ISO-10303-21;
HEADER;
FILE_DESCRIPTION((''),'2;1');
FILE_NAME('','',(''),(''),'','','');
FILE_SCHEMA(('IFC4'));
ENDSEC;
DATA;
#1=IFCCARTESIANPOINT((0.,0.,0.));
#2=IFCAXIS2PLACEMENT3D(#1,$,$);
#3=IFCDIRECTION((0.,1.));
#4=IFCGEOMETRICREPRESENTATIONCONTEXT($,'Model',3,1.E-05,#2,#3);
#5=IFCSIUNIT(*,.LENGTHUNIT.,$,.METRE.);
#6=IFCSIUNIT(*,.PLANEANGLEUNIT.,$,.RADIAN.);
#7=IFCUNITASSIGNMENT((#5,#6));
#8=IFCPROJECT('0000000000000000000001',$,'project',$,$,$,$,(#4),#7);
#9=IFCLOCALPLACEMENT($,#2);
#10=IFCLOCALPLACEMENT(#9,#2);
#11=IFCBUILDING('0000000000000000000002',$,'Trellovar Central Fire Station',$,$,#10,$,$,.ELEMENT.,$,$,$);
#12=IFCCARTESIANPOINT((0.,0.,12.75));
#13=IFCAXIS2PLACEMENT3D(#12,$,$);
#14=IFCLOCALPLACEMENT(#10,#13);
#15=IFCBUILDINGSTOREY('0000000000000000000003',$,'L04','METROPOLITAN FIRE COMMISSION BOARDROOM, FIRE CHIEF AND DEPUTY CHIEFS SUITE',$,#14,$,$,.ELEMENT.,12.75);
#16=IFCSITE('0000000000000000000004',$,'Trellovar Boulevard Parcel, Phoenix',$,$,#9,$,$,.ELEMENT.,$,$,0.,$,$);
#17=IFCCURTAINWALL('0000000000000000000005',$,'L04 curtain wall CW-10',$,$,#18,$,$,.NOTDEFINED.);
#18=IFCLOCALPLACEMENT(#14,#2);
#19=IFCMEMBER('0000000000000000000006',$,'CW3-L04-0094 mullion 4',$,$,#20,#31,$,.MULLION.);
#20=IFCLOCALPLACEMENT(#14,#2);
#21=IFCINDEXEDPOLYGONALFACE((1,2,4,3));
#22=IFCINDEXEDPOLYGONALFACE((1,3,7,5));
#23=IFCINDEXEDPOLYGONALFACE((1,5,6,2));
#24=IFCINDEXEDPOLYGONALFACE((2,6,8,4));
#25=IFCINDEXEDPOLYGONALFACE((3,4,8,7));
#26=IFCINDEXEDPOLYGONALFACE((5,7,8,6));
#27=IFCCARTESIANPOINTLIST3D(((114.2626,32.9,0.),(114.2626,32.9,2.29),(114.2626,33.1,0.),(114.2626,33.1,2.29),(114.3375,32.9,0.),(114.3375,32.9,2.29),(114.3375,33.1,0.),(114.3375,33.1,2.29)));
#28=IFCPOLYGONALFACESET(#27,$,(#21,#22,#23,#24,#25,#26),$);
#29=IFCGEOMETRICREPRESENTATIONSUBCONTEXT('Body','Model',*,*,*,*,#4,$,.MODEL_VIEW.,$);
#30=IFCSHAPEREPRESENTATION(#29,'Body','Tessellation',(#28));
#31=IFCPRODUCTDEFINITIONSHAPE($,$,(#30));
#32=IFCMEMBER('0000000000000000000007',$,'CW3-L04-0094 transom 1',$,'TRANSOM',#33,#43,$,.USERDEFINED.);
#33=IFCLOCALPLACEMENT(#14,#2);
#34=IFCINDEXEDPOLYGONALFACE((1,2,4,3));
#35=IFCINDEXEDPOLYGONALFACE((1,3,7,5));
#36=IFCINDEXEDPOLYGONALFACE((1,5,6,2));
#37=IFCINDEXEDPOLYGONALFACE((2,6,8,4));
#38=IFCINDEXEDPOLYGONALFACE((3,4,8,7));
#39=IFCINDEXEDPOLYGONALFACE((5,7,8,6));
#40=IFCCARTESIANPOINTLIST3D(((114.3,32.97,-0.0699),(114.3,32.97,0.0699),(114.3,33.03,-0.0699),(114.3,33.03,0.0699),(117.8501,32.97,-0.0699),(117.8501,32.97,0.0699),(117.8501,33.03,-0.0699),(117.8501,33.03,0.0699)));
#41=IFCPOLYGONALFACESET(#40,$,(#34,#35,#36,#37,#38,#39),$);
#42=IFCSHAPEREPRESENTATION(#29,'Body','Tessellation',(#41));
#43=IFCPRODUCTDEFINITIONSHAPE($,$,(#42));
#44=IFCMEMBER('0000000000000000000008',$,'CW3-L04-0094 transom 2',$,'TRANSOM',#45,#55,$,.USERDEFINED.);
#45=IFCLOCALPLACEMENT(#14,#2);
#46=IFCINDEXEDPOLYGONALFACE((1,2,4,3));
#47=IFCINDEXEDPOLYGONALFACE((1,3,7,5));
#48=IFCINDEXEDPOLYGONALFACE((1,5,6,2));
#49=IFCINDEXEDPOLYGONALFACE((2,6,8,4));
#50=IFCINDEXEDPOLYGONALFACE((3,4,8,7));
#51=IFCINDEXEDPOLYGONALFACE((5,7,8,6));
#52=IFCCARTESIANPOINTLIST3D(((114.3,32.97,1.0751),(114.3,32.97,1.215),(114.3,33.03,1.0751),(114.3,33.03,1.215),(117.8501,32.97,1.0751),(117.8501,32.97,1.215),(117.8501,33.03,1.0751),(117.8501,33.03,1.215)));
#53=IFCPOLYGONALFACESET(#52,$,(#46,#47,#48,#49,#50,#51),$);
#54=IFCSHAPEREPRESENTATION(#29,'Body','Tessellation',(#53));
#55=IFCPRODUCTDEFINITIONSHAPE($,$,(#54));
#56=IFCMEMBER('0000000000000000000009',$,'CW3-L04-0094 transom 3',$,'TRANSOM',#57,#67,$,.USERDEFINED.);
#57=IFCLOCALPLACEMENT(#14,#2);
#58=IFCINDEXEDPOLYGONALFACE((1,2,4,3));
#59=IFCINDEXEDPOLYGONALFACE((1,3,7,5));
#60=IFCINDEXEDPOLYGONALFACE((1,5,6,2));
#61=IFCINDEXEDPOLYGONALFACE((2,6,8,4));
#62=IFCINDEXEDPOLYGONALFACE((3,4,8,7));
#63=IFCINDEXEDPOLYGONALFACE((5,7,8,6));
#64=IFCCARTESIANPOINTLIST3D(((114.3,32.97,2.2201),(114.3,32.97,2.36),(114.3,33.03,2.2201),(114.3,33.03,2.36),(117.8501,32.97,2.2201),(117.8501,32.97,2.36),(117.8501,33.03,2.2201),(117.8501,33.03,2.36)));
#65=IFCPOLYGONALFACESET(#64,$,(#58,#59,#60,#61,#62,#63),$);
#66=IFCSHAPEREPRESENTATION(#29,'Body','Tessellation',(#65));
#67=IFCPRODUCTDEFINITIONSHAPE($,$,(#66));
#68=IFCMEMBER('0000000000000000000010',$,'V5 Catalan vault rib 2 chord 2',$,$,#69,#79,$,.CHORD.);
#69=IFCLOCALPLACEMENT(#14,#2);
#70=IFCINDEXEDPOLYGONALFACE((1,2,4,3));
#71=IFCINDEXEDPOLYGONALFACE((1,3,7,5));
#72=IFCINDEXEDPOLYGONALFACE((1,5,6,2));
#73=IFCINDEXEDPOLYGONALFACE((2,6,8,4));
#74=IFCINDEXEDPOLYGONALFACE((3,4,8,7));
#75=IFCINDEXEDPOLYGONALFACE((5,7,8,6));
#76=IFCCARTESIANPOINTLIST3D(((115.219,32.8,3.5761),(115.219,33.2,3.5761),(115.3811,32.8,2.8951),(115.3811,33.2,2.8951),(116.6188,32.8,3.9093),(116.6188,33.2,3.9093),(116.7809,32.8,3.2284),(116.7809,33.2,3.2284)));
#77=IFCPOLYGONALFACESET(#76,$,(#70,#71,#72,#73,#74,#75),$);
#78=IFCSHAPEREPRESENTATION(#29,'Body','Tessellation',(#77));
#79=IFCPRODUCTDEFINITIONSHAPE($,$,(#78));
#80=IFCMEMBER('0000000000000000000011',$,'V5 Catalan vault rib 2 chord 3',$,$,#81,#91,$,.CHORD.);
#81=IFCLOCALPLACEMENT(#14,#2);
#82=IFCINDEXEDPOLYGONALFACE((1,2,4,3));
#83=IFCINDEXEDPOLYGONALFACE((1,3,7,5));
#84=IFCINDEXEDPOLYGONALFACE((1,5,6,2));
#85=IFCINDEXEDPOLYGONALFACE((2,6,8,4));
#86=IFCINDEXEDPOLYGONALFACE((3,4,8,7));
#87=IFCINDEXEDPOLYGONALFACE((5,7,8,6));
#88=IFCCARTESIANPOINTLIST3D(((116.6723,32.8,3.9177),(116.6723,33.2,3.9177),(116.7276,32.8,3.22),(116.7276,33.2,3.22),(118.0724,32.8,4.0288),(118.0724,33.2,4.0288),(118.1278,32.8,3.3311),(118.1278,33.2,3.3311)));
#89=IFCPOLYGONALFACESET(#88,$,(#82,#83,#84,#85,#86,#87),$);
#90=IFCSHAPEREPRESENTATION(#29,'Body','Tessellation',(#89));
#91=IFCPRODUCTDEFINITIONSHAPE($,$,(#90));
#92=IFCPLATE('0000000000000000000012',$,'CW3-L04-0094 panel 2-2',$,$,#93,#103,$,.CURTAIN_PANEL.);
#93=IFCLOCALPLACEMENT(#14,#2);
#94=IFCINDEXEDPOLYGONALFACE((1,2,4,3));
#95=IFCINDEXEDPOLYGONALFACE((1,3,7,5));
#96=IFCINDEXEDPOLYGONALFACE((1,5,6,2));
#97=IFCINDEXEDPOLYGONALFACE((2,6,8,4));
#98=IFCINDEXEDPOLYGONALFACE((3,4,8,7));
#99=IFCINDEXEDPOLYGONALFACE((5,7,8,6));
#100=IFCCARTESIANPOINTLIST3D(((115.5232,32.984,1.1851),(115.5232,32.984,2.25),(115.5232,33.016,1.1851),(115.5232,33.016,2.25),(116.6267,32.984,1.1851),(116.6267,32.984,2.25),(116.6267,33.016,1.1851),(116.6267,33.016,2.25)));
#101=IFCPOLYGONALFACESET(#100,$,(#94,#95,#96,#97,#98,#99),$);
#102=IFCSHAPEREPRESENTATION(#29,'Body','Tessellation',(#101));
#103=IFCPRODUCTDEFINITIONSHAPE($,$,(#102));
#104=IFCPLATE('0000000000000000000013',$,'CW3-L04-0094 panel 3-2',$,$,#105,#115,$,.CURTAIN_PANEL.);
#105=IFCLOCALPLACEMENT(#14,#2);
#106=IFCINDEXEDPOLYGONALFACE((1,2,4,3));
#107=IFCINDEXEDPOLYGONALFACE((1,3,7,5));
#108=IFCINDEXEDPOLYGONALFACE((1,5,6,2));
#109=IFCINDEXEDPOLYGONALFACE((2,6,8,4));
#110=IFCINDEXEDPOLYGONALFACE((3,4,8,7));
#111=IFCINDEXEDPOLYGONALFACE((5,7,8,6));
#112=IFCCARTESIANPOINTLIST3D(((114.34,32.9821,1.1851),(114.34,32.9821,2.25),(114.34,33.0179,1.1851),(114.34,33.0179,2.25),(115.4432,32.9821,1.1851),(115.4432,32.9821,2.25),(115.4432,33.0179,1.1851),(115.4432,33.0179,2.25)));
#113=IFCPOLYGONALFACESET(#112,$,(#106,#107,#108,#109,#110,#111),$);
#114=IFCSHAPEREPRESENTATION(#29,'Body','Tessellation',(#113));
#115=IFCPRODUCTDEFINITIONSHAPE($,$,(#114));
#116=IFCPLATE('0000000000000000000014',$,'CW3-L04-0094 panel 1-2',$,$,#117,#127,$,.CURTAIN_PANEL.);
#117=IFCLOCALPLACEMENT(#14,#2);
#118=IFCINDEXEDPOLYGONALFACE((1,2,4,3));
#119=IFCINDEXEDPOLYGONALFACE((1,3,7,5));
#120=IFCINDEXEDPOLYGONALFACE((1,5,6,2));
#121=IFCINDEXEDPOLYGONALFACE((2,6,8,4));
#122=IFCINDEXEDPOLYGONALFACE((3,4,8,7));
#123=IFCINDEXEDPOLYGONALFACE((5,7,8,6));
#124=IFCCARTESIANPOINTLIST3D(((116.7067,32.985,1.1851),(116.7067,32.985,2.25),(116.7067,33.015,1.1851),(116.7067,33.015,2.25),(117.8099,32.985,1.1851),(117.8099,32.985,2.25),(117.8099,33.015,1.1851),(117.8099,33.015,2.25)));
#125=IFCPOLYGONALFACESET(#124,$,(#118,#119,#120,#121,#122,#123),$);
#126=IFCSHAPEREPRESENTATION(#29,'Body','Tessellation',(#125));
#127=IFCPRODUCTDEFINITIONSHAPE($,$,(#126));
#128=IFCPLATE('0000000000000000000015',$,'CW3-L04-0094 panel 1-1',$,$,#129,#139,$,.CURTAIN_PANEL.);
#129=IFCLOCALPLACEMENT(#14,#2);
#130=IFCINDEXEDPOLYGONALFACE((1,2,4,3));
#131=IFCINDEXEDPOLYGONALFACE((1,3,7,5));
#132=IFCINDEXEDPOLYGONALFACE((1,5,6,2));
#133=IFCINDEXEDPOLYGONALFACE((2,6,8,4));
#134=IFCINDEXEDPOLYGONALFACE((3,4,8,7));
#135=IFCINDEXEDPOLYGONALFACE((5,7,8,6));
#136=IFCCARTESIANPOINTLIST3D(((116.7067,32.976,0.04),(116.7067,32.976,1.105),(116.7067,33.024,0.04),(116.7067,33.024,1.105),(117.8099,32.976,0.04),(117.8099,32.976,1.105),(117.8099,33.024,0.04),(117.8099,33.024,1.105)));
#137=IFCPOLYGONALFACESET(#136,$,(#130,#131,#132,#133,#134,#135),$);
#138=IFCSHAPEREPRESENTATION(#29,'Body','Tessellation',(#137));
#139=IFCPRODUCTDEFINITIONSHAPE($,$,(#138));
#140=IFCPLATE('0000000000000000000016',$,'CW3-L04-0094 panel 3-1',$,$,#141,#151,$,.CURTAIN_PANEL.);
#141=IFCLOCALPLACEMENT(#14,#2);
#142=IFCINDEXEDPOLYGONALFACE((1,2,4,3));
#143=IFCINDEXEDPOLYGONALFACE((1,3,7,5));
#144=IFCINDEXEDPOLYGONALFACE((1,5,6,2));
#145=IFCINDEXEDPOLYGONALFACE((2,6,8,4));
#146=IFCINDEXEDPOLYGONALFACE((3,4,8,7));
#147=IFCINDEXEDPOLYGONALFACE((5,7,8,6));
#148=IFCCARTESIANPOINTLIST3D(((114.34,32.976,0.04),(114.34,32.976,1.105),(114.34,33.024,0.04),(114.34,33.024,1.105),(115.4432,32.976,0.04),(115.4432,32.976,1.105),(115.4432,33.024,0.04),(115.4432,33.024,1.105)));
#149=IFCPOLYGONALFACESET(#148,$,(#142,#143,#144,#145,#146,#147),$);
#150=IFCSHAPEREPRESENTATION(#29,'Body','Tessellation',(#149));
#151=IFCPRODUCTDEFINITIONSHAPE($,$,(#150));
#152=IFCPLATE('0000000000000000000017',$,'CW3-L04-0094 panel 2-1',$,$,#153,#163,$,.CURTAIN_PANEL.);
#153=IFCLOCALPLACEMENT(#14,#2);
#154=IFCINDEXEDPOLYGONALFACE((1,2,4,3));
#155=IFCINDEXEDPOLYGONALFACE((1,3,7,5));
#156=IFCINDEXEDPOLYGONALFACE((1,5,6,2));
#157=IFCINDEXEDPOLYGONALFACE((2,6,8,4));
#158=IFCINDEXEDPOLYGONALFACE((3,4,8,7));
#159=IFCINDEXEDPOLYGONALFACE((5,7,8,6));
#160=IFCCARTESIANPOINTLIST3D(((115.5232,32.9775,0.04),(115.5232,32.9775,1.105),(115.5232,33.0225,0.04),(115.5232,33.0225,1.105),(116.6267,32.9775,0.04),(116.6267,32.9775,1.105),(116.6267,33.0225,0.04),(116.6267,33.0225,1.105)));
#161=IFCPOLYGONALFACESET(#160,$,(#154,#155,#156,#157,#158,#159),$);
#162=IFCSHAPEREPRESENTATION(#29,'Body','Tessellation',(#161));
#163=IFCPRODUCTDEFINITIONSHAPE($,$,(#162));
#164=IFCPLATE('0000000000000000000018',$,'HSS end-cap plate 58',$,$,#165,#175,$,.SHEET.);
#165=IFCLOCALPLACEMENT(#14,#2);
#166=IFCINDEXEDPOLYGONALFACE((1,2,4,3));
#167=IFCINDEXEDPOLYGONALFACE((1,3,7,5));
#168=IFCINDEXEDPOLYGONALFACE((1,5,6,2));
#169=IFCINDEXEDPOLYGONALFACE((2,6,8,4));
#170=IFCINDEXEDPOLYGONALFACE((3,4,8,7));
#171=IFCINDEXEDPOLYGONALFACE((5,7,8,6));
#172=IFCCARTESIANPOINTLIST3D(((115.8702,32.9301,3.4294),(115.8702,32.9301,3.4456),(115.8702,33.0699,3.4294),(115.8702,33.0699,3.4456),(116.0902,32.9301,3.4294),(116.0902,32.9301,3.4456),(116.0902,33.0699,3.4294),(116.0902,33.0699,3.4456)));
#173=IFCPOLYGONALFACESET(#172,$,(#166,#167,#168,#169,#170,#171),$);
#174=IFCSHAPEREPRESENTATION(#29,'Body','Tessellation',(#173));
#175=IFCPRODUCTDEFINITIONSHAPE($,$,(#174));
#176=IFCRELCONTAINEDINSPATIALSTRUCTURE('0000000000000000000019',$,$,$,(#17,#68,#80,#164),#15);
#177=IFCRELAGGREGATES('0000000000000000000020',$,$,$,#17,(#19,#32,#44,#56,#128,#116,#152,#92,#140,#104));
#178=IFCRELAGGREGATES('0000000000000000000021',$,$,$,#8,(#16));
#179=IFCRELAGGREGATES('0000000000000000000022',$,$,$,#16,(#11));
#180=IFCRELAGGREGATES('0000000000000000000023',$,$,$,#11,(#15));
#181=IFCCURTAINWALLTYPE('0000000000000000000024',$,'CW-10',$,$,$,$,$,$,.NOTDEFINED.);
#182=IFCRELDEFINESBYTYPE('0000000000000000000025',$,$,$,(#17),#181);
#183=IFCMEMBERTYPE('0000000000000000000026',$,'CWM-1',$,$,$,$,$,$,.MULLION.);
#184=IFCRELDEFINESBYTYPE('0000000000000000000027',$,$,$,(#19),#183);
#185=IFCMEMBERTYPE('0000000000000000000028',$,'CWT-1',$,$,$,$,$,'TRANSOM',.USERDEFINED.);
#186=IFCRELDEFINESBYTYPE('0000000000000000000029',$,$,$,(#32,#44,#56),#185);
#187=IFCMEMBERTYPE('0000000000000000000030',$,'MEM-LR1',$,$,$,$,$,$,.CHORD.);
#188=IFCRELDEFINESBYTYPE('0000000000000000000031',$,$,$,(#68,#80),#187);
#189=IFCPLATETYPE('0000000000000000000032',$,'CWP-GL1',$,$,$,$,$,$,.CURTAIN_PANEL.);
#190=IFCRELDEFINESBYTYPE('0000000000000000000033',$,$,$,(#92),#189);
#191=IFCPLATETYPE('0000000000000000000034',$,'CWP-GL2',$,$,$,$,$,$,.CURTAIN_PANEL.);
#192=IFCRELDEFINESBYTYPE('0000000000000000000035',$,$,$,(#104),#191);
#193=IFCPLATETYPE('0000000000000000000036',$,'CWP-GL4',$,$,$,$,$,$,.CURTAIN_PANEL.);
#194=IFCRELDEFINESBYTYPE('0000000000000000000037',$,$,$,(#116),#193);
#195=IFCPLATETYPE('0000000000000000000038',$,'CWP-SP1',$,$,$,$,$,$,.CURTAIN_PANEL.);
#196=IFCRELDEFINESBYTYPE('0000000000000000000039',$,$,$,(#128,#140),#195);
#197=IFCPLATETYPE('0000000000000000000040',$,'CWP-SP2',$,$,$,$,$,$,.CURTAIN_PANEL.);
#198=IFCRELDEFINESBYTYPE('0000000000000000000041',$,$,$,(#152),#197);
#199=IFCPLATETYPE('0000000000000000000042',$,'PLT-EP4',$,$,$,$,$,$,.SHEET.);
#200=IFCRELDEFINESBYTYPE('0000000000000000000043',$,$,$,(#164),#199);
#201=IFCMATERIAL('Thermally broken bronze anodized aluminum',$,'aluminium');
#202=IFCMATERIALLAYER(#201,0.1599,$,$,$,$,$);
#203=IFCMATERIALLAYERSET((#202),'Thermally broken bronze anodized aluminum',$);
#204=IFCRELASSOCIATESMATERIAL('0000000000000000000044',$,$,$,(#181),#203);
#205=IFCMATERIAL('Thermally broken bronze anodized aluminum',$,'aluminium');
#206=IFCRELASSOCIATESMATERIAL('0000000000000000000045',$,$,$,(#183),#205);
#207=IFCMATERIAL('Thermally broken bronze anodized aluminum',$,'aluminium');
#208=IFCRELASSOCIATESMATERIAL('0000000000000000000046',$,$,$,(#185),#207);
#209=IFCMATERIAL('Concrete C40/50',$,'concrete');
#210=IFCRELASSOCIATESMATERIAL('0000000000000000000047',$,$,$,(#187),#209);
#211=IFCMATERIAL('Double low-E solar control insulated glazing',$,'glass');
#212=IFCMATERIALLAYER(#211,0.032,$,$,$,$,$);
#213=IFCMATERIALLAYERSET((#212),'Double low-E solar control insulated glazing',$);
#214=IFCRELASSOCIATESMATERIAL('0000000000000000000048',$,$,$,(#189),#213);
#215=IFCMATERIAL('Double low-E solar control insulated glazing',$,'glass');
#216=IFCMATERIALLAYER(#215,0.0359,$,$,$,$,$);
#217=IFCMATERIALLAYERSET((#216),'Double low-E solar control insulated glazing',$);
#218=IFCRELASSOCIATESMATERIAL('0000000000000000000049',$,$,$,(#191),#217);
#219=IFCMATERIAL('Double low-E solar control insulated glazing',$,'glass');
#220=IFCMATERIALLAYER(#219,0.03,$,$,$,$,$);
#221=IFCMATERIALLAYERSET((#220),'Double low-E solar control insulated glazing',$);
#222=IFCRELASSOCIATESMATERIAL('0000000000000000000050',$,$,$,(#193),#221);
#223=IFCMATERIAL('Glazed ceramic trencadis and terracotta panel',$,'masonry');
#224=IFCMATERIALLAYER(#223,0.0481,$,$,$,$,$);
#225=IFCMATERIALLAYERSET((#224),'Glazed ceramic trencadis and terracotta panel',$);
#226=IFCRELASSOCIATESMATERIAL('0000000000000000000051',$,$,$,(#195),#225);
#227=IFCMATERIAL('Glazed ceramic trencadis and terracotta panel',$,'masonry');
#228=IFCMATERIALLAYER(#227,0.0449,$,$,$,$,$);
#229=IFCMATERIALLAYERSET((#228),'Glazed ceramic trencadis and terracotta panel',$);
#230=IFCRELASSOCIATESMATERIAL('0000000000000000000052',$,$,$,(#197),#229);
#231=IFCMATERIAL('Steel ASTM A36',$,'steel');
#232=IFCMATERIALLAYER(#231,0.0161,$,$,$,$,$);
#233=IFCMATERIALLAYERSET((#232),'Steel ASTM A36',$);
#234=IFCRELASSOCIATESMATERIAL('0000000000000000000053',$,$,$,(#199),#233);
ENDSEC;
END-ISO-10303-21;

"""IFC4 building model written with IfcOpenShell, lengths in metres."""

from ifc_helpers import new_model, si_unit, direction, frame, origin, origin_2d, place, context, subcontext, project, spatial, rectangle, extrude, material, layer, layer_set, material_profile, profile_set, type_object, element, aggregate, save


model = new_model("IFC4")

# Units and contexts
model_context = context("Model", 3, precision=1e-05, world=origin(), true_north=direction((0.0, 1.0)))
body_context = subcontext(model_context, "Body", "Model", "MODEL_VIEW")
ifc_project = project(units=[si_unit("LENGTHUNIT", "METRE"), si_unit("PLANEANGLEUNIT", "RADIAN")], contexts=[model_context])

# Site, building, storey
site_placement = place(None, origin())
site = spatial("IfcSite", under=ifc_project, at=site_placement, Name="Trellovar Boulevard Parcel, Phoenix", CompositionType="ELEMENT", RefElevation=0.0)
building_placement = place(site_placement, origin())
building = spatial("IfcBuilding", under=site, at=building_placement, Name="Trellovar Central Fire Station", CompositionType="ELEMENT")
storey_placement = place(building_placement, frame((0.0, 0.0, 12.75)))
storey = spatial("IfcBuildingStorey", under=building, at=storey_placement, Name="L04", Description="METROPOLITAN FIRE COMMISSION BOARDROOM, FIRE CHIEF AND DEPUTY CHIEFS SUITE", CompositionType="ELEMENT", Elevation=12.75)

# Curtain wall, members
ifc_material_1 = material(Name="Thermally broken bronze anodized aluminum", Category="aluminium")
ifc_layer_1 = layer(ifc_material_1, 0.1599)
ifc_layer_set_1 = layer_set([ifc_layer_1], Name="Thermally broken bronze anodized aluminum")
curtain_wall_type = type_object("IfcCurtainWallType", Name="CW-10", PredefinedType="NOTDEFINED", material=ifc_layer_set_1)
curtain_wall_placement = place(storey_placement, origin())
curtain_wall = element("IfcCurtainWall", 1, at=curtain_wall_placement, inside=storey, type_object=curtain_wall_type, Name="L04 curtain wall CW-10", PredefinedType="NOTDEFINED")
ifc_material_2 = material(Name="Thermally broken bronze anodized aluminum", Category="aluminium")
ifc_material_profile_1 = material_profile(ifc_material_2, rectangle(XDim=0.075, YDim=0.2, at=origin_2d()), Name="ALU75X200")
ifc_profile_set_1 = profile_set([ifc_material_profile_1], Name="Thermally broken bronze anodized aluminum")
member_type_1 = type_object("IfcMemberType", Name="CWM-1", PredefinedType="MULLION", material=ifc_profile_set_1)
member_1_placement = place(storey_placement, frame((114.3, 33.0, 0.0), z_axis=(0.0, 0.0, 1.0), x_axis=(1.0, 0.0, 0.0)))
member_1 = element("IfcMember", 2, at=member_1_placement, type_object=member_type_1, Name="CW3-L04-0094 mullion 4", PredefinedType="MULLION", context=body_context, shape_type="SweptSolid", body=[
    extrude(rectangle(XDim=0.075, YDim=0.2, at=origin_2d()), origin(), (0.0, 0.0, 1.0), 2.29),
])
ifc_material_3 = material(Name="Thermally broken bronze anodized aluminum", Category="aluminium")
ifc_material_profile_2 = material_profile(ifc_material_3, rectangle(XDim=0.0601, YDim=0.1399, at=origin_2d()), Name="ALU60X140")
ifc_profile_set_2 = profile_set([ifc_material_profile_2], Name="Thermally broken bronze anodized aluminum")
member_type_2 = type_object("IfcMemberType", Name="CWT-1", ElementType="TRANSOM", PredefinedType="USERDEFINED", material=ifc_profile_set_2)
member_2_placement = place(storey_placement, frame((117.8501, 33.0, 0.0), z_axis=(-1.0, 0.0, 0.0), x_axis=(0.0, -1.0, 0.0)))
member_2 = element("IfcMember", 3, at=member_2_placement, type_object=member_type_2, Name="CW3-L04-0094 transom 1", ObjectType="TRANSOM", PredefinedType="USERDEFINED", context=body_context, shape_type="SweptSolid", body=[
    extrude(rectangle(XDim=0.0601, YDim=0.1399, at=origin_2d()), origin(), (0.0, 0.0, 1.0), 3.55),
])
member_3_placement = place(storey_placement, frame((117.8501, 33.0, 1.145), z_axis=(-1.0, 0.0, 0.0), x_axis=(0.0, -1.0, 0.0)))
member_3 = element("IfcMember", 4, at=member_3_placement, type_object=member_type_2, Name="CW3-L04-0094 transom 2", ObjectType="TRANSOM", PredefinedType="USERDEFINED", context=body_context, shape_type="SweptSolid", body=[
    extrude(rectangle(XDim=0.0601, YDim=0.1399, at=origin_2d()), origin(), (0.0, 0.0, 1.0), 3.55),
])
member_4_placement = place(storey_placement, frame((117.8501, 33.0, 2.29), z_axis=(-1.0, 0.0, 0.0), x_axis=(0.0, -1.0, 0.0)))
member_4 = element("IfcMember", 5, at=member_4_placement, type_object=member_type_2, Name="CW3-L04-0094 transom 3", ObjectType="TRANSOM", PredefinedType="USERDEFINED", context=body_context, shape_type="SweptSolid", body=[
    extrude(rectangle(XDim=0.0601, YDim=0.1399, at=origin_2d()), origin(), (0.0, 0.0, 1.0), 3.55),
])

# Members
ifc_material_4 = material(Name="Concrete C40/50", Category="concrete")
ifc_material_profile_3 = material_profile(ifc_material_4, rectangle(XDim=0.3999, YDim=0.7, at=origin_2d()), Name="RC400X700")
ifc_profile_set_3 = profile_set([ifc_material_profile_3], Name="Concrete C40/50")
member_type_3 = type_object("IfcMemberType", Name="MEM-LR1", PredefinedType="CHORD", material=ifc_profile_set_3)
member_5_placement = place(storey_placement, frame((115.3, 33.0, 3.2356), z_axis=(0.972815, 0.0, 0.231582), x_axis=(0.0, 1.0, 0.0)))
element("IfcMember", 6, at=member_5_placement, inside=storey, type_object=member_type_3, Name="V5 Catalan vault rib 2 chord 2", PredefinedType="CHORD", context=body_context, shape_type="SweptSolid", body=[
    extrude(rectangle(XDim=0.3999, YDim=0.7, at=origin_2d()), origin(), (0.0, 0.0, 1.0), 1.439),
])
member_6_placement = place(storey_placement, frame((116.7, 33.0, 3.5688), z_axis=(0.996868, 0.0, 0.079089), x_axis=(0.0, 1.0, 0.0)))
element("IfcMember", 7, at=member_6_placement, inside=storey, type_object=member_type_3, Name="V5 Catalan vault rib 2 chord 3", PredefinedType="CHORD", context=body_context, shape_type="SweptSolid", body=[
    extrude(rectangle(XDim=0.3999, YDim=0.7, at=origin_2d()), origin(), (0.0, 0.0, 1.0), 1.4045),
])

# Plates
ifc_material_5 = material(Name="Double low-E solar control insulated glazing", Category="glass")
ifc_layer_2 = layer(ifc_material_5, 0.032)
ifc_layer_set_2 = layer_set([ifc_layer_2], Name="Double low-E solar control insulated glazing")
plate_type_1 = type_object("IfcPlateType", Name="CWP-GL1", PredefinedType="CURTAIN_PANEL", material=ifc_layer_set_2)
plate_1_placement = place(storey_placement, frame((116.075, 33.0, 1.1851), z_axis=(0.0, 0.0, 1.0), x_axis=(-1.0, 0.0, 0.0)))
plate_1 = element("IfcPlate", 8, at=plate_1_placement, type_object=plate_type_1, Name="CW3-L04-0094 panel 2-2", PredefinedType="CURTAIN_PANEL", context=body_context, shape_type="SweptSolid", body=[
    extrude(rectangle(XDim=1.1035, YDim=0.032, at=origin_2d()), origin(), (0.0, 0.0, 1.0), 1.0649),
])
ifc_material_6 = material(Name="Double low-E solar control insulated glazing", Category="glass")
ifc_layer_3 = layer(ifc_material_6, 0.0359)
ifc_layer_set_3 = layer_set([ifc_layer_3], Name="Double low-E solar control insulated glazing")
plate_type_2 = type_object("IfcPlateType", Name="CWP-GL2", PredefinedType="CURTAIN_PANEL", material=ifc_layer_set_3)
plate_2_placement = place(storey_placement, frame((114.8916, 33.0, 1.1851), z_axis=(0.0, 0.0, 1.0), x_axis=(-1.0, 0.0, 0.0)))
plate_2 = element("IfcPlate", 9, at=plate_2_placement, type_object=plate_type_2, Name="CW3-L04-0094 panel 3-2", PredefinedType="CURTAIN_PANEL", context=body_context, shape_type="SweptSolid", body=[
    extrude(rectangle(XDim=1.1033, YDim=0.0359, at=origin_2d()), origin(), (0.0, 0.0, 1.0), 1.0649),
])
ifc_material_7 = material(Name="Double low-E solar control insulated glazing", Category="glass")
ifc_layer_4 = layer(ifc_material_7, 0.03)
ifc_layer_set_4 = layer_set([ifc_layer_4], Name="Double low-E solar control insulated glazing")
plate_type_3 = type_object("IfcPlateType", Name="CWP-GL4", PredefinedType="CURTAIN_PANEL", material=ifc_layer_set_4)
plate_3_placement = place(storey_placement, frame((117.2583, 33.0, 1.1851), z_axis=(0.0, 0.0, 1.0), x_axis=(-1.0, 0.0, 0.0)))
plate_3 = element("IfcPlate", 10, at=plate_3_placement, type_object=plate_type_3, Name="CW3-L04-0094 panel 1-2", PredefinedType="CURTAIN_PANEL", context=body_context, shape_type="SweptSolid", body=[
    extrude(rectangle(XDim=1.1033, YDim=0.03, at=origin_2d()), origin(), (0.0, 0.0, 1.0), 1.0649),
])
ifc_material_8 = material(Name="Glazed ceramic trencadis and terracotta panel", Category="masonry")
ifc_layer_5 = layer(ifc_material_8, 0.0481)
ifc_layer_set_5 = layer_set([ifc_layer_5], Name="Glazed ceramic trencadis and terracotta panel")
plate_type_4 = type_object("IfcPlateType", Name="CWP-SP1", PredefinedType="CURTAIN_PANEL", material=ifc_layer_set_5)
plate_4_placement = place(storey_placement, frame((117.2583, 33.0, 0.04), z_axis=(0.0, 0.0, 1.0), x_axis=(-1.0, 0.0, 0.0)))
plate_4 = element("IfcPlate", 11, at=plate_4_placement, type_object=plate_type_4, Name="CW3-L04-0094 panel 1-1", PredefinedType="CURTAIN_PANEL", context=body_context, shape_type="SweptSolid", body=[
    extrude(rectangle(XDim=1.1033, YDim=0.0481, at=origin_2d()), origin(), (0.0, 0.0, 1.0), 1.0649),
])
plate_5_placement = place(storey_placement, frame((114.8916, 33.0, 0.04), z_axis=(0.0, 0.0, 1.0), x_axis=(-1.0, 0.0, 0.0)))
plate_5 = element("IfcPlate", 12, at=plate_5_placement, type_object=plate_type_4, Name="CW3-L04-0094 panel 3-1", PredefinedType="CURTAIN_PANEL", context=body_context, shape_type="SweptSolid", body=[
    extrude(rectangle(XDim=1.1033, YDim=0.0481, at=origin_2d()), origin(), (0.0, 0.0, 1.0), 1.0649),
])
ifc_material_9 = material(Name="Glazed ceramic trencadis and terracotta panel", Category="masonry")
ifc_layer_6 = layer(ifc_material_9, 0.0449)
ifc_layer_set_6 = layer_set([ifc_layer_6], Name="Glazed ceramic trencadis and terracotta panel")
plate_type_5 = type_object("IfcPlateType", Name="CWP-SP2", PredefinedType="CURTAIN_PANEL", material=ifc_layer_set_6)
plate_6_placement = place(storey_placement, frame((116.075, 33.0, 0.04), z_axis=(0.0, 0.0, 1.0), x_axis=(-1.0, 0.0, 0.0)))
plate_6 = element("IfcPlate", 13, at=plate_6_placement, type_object=plate_type_5, Name="CW3-L04-0094 panel 2-1", PredefinedType="CURTAIN_PANEL", context=body_context, shape_type="SweptSolid", body=[
    extrude(rectangle(XDim=1.1035, YDim=0.0449, at=origin_2d()), origin(), (0.0, 0.0, 1.0), 1.0649),
])
aggregate(curtain_wall, [member_1, member_2, member_3, member_4, plate_4, plate_3, plate_6, plate_1, plate_5, plate_2])
ifc_material_10 = material(Name="Steel ASTM A36", Category="steel")
ifc_layer_7 = layer(ifc_material_10, 0.0161)
ifc_layer_set_7 = layer_set([ifc_layer_7], Name="Steel ASTM A36")
plate_type_6 = type_object("IfcPlateType", Name="PLT-EP4", PredefinedType="SHEET", material=ifc_layer_set_7)
plate_7_placement = place(storey_placement, frame((115.9802, 33.0, 3.4294), z_axis=(0.0, 0.0, 1.0), x_axis=(1.0, 0.0, 0.0)))
element("IfcPlate", 14, at=plate_7_placement, inside=storey, type_object=plate_type_6, Name="HSS end-cap plate 58", PredefinedType="SHEET", context=body_context, shape_type="SweptSolid", body=[
    extrude(rectangle(XDim=0.22, YDim=0.1399, at=origin_2d()), origin(), (0.0, 0.0, 1.0), 0.0161),
])

save(model, "model.ifc")
